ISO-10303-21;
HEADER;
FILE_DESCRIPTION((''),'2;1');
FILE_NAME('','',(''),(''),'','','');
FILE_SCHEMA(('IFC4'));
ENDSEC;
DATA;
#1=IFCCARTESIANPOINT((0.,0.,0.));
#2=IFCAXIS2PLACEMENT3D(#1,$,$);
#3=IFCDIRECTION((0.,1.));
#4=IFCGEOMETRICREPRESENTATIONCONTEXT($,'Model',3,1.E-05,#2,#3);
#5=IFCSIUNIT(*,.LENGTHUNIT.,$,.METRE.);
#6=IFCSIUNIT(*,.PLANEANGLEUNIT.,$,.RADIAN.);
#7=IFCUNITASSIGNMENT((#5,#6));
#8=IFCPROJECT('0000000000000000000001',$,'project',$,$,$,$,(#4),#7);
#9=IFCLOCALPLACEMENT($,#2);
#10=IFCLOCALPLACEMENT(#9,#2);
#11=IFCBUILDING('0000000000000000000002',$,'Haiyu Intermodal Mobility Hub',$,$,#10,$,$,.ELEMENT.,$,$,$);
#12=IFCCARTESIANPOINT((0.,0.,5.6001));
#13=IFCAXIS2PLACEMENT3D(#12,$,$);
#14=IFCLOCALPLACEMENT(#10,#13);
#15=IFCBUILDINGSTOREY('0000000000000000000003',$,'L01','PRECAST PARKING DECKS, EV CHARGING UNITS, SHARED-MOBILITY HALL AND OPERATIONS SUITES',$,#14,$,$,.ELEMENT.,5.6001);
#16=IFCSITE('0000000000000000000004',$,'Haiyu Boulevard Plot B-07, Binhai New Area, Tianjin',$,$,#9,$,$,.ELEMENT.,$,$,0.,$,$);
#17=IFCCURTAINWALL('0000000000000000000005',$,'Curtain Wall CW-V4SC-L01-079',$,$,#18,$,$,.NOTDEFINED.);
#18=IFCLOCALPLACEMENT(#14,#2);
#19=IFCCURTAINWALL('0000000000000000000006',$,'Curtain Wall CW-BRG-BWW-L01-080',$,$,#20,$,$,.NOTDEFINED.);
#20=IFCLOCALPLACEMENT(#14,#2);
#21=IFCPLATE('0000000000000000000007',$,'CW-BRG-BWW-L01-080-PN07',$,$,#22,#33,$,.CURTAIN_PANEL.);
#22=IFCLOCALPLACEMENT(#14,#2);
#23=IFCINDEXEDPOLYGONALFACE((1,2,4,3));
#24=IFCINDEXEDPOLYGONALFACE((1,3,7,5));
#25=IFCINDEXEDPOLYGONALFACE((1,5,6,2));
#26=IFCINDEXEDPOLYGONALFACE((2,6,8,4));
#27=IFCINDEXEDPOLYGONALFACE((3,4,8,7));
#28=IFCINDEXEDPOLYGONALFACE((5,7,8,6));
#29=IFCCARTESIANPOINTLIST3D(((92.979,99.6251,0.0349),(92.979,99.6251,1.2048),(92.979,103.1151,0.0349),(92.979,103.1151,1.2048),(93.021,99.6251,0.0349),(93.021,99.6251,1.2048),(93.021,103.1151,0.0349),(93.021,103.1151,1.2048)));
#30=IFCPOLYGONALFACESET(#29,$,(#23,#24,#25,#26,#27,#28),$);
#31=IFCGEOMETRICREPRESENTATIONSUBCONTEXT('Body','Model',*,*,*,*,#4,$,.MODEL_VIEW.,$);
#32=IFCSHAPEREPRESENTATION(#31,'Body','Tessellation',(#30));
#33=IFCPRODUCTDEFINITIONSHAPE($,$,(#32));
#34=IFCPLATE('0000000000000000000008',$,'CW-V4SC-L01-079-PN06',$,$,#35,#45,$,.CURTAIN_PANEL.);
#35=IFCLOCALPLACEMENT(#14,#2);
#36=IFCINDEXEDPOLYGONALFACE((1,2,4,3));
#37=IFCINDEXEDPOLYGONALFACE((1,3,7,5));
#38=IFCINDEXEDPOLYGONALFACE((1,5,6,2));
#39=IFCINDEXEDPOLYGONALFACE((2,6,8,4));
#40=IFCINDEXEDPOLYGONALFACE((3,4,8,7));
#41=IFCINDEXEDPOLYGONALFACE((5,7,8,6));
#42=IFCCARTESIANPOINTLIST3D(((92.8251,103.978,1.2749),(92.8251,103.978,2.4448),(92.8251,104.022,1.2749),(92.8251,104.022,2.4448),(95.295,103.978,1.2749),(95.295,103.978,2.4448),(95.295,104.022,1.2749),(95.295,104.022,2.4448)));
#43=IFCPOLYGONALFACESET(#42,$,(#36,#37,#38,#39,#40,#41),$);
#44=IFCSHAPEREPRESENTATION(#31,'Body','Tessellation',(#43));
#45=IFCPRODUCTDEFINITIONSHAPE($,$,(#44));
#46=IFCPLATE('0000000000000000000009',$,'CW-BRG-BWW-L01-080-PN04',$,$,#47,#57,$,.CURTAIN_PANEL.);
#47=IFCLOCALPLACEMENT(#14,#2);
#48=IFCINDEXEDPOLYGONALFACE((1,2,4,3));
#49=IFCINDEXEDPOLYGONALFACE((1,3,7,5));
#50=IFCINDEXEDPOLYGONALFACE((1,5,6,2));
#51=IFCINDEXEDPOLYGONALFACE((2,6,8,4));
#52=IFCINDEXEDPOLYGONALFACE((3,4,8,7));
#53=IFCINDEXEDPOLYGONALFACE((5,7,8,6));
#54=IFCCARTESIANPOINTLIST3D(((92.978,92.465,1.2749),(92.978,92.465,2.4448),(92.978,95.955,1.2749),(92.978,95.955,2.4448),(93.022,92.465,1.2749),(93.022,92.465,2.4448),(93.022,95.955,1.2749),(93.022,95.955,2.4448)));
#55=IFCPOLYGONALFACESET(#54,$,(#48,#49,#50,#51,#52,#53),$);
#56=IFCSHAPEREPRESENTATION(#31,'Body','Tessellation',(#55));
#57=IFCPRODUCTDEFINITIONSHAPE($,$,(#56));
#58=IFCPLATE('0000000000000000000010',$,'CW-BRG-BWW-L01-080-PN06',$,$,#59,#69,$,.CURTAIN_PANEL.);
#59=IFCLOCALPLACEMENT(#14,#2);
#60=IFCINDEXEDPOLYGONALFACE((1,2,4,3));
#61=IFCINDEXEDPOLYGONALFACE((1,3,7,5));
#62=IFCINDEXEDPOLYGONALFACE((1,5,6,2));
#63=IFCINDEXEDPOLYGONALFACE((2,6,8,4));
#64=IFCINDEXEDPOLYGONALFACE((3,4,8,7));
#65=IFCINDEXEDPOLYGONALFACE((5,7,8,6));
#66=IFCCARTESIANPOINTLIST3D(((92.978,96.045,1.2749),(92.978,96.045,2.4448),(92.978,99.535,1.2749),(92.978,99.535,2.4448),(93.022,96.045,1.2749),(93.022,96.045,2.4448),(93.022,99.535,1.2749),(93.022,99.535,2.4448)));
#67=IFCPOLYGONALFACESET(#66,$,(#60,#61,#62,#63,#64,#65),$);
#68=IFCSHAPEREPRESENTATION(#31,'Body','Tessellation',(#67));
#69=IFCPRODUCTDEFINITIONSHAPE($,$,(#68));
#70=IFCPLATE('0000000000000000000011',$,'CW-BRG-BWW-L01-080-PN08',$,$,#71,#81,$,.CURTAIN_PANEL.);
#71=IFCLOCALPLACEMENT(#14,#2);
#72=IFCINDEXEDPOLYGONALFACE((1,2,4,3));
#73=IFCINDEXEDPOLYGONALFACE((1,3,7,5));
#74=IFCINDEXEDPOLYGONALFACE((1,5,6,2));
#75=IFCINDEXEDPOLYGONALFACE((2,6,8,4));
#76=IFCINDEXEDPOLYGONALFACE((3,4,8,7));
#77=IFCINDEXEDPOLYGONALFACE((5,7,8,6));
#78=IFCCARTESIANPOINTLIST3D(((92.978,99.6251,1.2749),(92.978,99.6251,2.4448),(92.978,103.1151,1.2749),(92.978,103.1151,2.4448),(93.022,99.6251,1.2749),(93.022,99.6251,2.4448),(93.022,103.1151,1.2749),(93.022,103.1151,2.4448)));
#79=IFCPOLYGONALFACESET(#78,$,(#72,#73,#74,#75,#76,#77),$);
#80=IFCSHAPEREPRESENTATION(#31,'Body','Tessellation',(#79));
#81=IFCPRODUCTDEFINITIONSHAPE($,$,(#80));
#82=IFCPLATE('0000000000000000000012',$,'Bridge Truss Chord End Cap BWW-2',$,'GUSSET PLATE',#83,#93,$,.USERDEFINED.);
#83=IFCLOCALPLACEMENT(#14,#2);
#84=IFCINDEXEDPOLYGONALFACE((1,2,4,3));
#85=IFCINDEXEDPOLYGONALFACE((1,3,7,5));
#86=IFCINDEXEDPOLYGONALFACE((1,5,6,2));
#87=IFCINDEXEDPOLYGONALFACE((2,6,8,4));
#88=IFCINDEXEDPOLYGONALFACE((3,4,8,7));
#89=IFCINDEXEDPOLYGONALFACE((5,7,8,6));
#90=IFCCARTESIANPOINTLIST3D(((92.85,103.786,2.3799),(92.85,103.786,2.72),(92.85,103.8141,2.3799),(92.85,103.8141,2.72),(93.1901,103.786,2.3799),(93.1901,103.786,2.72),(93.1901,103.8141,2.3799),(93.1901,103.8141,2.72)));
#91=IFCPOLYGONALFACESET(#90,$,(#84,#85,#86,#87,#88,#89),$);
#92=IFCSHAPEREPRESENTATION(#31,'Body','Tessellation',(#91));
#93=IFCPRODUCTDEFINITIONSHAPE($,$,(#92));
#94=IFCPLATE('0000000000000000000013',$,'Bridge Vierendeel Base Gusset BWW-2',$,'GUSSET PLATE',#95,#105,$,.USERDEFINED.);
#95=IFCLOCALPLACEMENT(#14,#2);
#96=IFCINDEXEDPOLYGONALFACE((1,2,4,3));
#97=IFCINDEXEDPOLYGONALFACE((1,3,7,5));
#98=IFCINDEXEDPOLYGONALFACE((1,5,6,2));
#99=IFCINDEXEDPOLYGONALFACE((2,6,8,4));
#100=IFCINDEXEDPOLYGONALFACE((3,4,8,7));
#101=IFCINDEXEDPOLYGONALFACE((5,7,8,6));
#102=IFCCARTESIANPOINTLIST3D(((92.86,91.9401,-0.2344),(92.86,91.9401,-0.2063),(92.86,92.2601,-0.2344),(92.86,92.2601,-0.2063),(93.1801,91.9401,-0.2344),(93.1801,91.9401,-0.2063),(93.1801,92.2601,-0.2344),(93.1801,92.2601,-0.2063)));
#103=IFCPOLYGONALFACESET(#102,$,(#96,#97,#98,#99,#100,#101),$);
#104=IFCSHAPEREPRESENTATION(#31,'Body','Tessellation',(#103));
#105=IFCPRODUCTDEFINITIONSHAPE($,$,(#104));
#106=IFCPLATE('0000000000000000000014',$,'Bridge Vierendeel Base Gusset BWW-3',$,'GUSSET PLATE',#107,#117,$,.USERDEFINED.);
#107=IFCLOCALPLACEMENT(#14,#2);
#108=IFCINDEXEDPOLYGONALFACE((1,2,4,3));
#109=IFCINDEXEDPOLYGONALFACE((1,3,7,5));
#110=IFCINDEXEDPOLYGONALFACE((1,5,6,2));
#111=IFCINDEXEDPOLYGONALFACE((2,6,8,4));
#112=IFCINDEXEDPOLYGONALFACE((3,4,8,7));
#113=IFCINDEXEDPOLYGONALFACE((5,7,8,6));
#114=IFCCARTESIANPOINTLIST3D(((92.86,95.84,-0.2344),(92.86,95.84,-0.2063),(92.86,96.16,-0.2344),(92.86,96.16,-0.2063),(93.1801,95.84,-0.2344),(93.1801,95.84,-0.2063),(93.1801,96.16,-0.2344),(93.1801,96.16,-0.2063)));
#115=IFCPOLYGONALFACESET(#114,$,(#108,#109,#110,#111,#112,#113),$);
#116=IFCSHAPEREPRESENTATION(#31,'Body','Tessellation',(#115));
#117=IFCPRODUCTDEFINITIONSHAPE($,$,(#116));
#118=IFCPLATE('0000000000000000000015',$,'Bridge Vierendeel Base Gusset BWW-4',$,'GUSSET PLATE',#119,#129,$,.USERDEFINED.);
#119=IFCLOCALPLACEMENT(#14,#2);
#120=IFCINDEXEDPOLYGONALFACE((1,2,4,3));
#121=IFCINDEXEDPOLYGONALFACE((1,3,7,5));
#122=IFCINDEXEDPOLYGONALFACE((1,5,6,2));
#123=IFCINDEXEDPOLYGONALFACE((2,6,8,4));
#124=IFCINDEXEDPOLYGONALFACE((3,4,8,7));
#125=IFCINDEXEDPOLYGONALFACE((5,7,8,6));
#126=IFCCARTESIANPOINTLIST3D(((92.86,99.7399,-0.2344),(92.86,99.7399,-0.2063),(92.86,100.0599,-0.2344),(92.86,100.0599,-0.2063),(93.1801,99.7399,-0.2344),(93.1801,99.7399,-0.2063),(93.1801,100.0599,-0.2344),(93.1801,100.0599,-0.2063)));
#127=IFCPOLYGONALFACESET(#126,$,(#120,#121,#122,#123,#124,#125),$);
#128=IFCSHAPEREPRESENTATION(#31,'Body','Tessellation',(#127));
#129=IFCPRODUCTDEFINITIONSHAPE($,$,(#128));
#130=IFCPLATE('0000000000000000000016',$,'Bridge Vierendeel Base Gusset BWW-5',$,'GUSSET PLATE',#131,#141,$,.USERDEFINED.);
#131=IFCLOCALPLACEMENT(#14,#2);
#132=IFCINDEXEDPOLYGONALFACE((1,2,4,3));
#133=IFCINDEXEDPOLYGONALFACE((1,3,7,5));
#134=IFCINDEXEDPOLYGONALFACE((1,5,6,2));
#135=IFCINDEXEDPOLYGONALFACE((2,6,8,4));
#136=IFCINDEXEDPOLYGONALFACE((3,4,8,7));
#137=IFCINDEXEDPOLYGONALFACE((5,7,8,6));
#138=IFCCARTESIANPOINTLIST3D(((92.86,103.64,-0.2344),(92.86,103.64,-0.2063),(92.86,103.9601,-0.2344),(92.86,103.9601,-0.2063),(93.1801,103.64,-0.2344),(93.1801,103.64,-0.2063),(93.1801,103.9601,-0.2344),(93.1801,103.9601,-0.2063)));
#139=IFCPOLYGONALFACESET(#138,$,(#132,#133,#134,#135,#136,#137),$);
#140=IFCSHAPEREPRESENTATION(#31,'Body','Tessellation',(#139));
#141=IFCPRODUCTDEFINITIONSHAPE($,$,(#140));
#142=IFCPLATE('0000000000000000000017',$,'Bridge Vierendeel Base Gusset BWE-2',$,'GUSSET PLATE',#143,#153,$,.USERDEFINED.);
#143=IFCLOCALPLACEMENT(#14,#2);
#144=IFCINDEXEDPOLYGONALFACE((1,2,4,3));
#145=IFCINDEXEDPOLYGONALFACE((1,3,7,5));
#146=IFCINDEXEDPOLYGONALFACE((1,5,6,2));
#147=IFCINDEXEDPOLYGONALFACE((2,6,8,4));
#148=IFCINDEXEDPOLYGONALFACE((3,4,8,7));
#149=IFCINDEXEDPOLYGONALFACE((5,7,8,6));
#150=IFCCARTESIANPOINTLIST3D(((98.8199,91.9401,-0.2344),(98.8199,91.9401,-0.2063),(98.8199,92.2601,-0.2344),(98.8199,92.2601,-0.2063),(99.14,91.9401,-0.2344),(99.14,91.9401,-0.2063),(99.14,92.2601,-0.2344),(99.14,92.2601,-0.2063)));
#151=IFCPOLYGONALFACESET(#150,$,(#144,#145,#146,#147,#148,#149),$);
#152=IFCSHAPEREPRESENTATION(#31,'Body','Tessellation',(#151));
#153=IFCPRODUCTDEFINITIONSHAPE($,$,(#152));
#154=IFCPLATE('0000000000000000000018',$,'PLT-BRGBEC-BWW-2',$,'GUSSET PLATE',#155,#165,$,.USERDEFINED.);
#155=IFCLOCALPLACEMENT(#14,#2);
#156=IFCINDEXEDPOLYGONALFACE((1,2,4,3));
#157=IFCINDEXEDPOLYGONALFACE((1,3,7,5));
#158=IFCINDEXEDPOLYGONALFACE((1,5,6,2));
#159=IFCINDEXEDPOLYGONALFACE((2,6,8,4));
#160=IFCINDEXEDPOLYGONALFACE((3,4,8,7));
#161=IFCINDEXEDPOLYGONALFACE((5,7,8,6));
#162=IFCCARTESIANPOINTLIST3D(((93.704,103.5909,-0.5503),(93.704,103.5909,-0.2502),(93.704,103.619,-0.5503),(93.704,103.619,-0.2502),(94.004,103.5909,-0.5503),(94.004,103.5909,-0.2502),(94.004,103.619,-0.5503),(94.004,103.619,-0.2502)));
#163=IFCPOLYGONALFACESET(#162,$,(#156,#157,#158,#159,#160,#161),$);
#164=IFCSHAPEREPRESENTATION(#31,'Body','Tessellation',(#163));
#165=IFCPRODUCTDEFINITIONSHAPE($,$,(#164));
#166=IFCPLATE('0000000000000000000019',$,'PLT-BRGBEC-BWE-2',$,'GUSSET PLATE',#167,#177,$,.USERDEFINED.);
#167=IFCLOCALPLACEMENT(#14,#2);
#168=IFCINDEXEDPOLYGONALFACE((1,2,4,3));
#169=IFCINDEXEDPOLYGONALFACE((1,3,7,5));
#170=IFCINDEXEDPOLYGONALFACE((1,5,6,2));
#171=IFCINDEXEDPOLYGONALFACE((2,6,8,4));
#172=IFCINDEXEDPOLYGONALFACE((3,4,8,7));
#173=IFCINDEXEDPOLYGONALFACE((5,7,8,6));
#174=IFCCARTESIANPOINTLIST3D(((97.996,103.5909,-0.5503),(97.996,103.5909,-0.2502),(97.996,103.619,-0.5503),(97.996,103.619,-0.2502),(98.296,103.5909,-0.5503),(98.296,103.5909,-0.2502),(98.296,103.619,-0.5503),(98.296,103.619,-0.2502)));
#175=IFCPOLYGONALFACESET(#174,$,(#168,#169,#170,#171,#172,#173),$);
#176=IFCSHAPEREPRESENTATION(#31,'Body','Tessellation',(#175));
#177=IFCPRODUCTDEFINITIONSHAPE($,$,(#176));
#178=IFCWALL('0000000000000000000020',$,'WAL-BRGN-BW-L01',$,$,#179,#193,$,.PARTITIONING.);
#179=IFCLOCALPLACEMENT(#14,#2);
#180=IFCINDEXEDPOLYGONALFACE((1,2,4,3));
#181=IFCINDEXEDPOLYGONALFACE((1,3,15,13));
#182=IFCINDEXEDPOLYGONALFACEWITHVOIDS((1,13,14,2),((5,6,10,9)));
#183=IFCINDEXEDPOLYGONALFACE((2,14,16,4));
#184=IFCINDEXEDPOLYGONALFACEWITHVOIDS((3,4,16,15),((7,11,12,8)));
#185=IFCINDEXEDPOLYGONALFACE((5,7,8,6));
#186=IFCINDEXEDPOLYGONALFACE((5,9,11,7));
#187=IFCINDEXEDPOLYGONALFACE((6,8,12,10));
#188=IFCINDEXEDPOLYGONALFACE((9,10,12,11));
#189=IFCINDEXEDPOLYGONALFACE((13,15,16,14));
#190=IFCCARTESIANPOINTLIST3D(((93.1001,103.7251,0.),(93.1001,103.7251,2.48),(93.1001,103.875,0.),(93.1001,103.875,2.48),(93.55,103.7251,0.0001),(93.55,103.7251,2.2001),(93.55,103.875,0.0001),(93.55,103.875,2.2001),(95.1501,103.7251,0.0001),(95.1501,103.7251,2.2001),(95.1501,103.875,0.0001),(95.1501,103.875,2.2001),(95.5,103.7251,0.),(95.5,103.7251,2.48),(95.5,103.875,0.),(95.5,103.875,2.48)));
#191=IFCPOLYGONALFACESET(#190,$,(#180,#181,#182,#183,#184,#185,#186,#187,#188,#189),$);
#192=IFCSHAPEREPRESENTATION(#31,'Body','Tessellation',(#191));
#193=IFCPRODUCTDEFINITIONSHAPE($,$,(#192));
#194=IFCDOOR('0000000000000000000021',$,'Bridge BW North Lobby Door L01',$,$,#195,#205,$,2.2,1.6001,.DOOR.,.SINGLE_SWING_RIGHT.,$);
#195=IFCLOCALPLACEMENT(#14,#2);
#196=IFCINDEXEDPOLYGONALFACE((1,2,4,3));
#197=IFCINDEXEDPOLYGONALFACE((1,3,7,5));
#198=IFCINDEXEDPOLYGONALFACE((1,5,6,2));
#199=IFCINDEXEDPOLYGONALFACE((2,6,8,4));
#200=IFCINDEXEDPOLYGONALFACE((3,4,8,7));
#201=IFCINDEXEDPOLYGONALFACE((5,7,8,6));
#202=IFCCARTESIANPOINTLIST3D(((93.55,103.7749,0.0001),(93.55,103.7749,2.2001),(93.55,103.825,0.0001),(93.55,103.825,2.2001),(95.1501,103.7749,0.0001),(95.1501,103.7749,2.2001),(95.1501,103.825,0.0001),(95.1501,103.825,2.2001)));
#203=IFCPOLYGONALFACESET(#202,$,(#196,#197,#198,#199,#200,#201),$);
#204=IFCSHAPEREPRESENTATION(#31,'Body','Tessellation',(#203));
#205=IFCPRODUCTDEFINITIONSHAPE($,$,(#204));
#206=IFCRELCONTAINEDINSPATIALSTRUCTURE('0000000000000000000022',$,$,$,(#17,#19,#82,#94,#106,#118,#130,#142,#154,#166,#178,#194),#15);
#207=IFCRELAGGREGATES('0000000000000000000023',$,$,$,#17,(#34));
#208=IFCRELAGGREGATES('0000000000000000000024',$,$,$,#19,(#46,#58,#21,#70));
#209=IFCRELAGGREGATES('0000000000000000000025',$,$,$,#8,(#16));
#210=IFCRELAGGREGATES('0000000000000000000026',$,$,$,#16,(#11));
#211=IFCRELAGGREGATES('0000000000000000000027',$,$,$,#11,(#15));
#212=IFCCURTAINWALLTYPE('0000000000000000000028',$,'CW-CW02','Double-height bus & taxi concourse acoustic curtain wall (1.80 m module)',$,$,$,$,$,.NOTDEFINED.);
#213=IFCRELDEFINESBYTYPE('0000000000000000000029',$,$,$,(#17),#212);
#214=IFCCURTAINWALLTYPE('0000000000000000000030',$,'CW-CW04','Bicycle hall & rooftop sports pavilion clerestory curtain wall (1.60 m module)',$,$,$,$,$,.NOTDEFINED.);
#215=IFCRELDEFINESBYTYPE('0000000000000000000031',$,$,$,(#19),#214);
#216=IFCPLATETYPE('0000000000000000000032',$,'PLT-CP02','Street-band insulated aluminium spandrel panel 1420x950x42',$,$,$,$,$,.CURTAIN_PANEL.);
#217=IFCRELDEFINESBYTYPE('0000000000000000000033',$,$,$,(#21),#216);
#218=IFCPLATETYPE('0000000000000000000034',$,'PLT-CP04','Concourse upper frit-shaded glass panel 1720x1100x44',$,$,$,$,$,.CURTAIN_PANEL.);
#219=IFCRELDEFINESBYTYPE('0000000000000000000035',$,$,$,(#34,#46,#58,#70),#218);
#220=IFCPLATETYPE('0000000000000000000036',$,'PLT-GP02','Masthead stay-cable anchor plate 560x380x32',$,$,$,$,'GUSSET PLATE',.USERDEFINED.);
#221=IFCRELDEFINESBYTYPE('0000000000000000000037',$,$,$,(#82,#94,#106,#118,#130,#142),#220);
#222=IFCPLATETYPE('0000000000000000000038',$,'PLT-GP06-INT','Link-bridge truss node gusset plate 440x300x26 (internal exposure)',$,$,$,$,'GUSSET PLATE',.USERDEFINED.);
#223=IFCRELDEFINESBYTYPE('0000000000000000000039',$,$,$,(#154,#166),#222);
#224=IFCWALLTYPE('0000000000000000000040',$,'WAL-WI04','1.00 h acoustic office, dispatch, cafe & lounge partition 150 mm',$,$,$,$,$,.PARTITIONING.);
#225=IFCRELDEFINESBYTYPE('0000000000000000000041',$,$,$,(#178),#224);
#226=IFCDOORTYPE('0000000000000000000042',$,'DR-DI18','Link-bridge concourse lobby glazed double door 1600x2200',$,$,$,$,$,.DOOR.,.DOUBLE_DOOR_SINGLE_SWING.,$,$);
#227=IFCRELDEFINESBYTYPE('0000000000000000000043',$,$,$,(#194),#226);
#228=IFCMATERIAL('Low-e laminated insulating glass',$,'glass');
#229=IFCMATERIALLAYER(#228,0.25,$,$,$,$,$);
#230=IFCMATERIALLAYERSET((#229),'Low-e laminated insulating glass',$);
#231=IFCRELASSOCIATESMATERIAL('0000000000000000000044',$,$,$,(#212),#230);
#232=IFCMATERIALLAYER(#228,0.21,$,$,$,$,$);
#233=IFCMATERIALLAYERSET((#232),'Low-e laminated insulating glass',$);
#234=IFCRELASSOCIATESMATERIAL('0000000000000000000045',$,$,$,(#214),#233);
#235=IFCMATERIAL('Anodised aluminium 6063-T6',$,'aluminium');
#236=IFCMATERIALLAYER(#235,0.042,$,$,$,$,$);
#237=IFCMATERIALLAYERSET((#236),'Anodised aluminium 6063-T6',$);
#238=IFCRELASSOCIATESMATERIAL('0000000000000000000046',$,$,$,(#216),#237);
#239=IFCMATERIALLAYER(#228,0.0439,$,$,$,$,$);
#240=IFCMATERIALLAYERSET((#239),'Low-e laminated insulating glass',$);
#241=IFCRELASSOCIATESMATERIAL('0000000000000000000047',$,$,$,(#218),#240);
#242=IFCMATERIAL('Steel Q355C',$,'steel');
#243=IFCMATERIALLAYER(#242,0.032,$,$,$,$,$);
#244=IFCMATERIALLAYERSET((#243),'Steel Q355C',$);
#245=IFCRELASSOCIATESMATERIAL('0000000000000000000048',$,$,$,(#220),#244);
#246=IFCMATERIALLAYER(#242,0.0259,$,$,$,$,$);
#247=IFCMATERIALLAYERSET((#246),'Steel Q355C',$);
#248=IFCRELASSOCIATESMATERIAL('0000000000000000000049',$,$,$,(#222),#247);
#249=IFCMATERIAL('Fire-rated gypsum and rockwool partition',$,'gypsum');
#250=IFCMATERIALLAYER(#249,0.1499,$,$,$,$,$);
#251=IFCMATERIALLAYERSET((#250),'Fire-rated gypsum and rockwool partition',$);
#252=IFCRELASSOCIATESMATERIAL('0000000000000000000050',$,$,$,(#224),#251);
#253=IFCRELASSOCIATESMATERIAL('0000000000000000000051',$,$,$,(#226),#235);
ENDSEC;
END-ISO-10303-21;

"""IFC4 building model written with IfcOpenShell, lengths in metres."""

from ifc_helpers import new_model, si_unit, direction, frame, frame_2d, origin, origin_2d, place, context, subcontext, project, spatial, rectangle, extrude, material, layer, layer_set, type_object, element, fill, aggregate, save


model = new_model("IFC4")

# Units and contexts
model_context = context("Model", 3, precision=1e-05, world=origin(), true_north=direction((0.0, 1.0)))
body_context = subcontext(model_context, "Body", "Model", "MODEL_VIEW")
ifc_project = project(units=[si_unit("LENGTHUNIT", "METRE"), si_unit("PLANEANGLEUNIT", "RADIAN")], contexts=[model_context])

# Site, building, storey
site_placement = place(None, origin())
site = spatial("IfcSite", under=ifc_project, at=site_placement, Name="Haiyu Boulevard Plot B-07, Binhai New Area, Tianjin", CompositionType="ELEMENT", RefElevation=0.0)
building_placement = place(site_placement, origin())
building = spatial("IfcBuilding", under=site, at=building_placement, Name="Haiyu Intermodal Mobility Hub", CompositionType="ELEMENT")
storey_placement = place(building_placement, frame((0.0, 0.0, 5.6001)))
storey = spatial("IfcBuildingStorey", under=building, at=storey_placement, Name="L01", Description="PRECAST PARKING DECKS, EV CHARGING UNITS, SHARED-MOBILITY HALL AND OPERATIONS SUITES", CompositionType="ELEMENT", Elevation=5.6001)

# Shared definitions
ifc_material_1 = material(Name="Steel Q355C", Category="steel")

# Curtain wall
ifc_material_2 = material(Name="Low-e laminated insulating glass", Category="glass")
ifc_layer_1 = layer(ifc_material_2, 0.25)
ifc_layer_set_1 = layer_set([ifc_layer_1], Name="Low-e laminated insulating glass")
curtain_wall_type_1 = type_object("IfcCurtainWallType", Name="CW-CW02", Description="Double-height bus & taxi concourse acoustic curtain wall (1.80 m module)", PredefinedType="NOTDEFINED", material=ifc_layer_set_1)
curtain_wall_1_placement = place(storey_placement, origin())
curtain_wall_1 = element("IfcCurtainWall", 1, at=curtain_wall_1_placement, inside=storey, type_object=curtain_wall_type_1, Name="Curtain Wall CW-V4SC-L01-079", PredefinedType="NOTDEFINED")
ifc_material_3 = material(Name="Anodised aluminium 6063-T6", Category="aluminium")

# Curtain wall
ifc_layer_2 = layer(ifc_material_2, 0.21)
ifc_layer_set_2 = layer_set([ifc_layer_2], Name="Low-e laminated insulating glass")
curtain_wall_type_2 = type_object("IfcCurtainWallType", Name="CW-CW04", Description="Bicycle hall & rooftop sports pavilion clerestory curtain wall (1.60 m module)", PredefinedType="NOTDEFINED", material=ifc_layer_set_2)
curtain_wall_2_placement = place(storey_placement, origin())
curtain_wall_2 = element("IfcCurtainWall", 2, at=curtain_wall_2_placement, inside=storey, type_object=curtain_wall_type_2, Name="Curtain Wall CW-BRG-BWW-L01-080", PredefinedType="NOTDEFINED")

# Plates
ifc_layer_3 = layer(ifc_material_3, 0.042)
ifc_layer_set_3 = layer_set([ifc_layer_3], Name="Anodised aluminium 6063-T6")
plate_type_1 = type_object("IfcPlateType", Name="PLT-CP02", Description="Street-band insulated aluminium spandrel panel 1420x950x42", PredefinedType="CURTAIN_PANEL", material=ifc_layer_set_3)
plate_1_placement = place(storey_placement, frame((93.0, 101.3701, 0.0349), z_axis=(0.0, 0.0, 1.0), x_axis=(0.0, 1.0, 0.0)))
plate_1 = element("IfcPlate", 3, at=plate_1_placement, type_object=plate_type_1, Name="CW-BRG-BWW-L01-080-PN07", PredefinedType="CURTAIN_PANEL", context=body_context, shape_type="SweptSolid", body=[
    extrude(rectangle(XDim=3.49, YDim=0.042, at=origin_2d()), origin(), (0.0, 0.0, 1.0), 1.1699),
])
ifc_layer_4 = layer(ifc_material_2, 0.0439)
ifc_layer_set_4 = layer_set([ifc_layer_4], Name="Low-e laminated insulating glass")
plate_type_2 = type_object("IfcPlateType", Name="PLT-CP04", Description="Concourse upper frit-shaded glass panel 1720x1100x44", PredefinedType="CURTAIN_PANEL", material=ifc_layer_set_4)
plate_2_placement = place(storey_placement, frame((94.0601, 104.0, 1.2749), z_axis=(0.0, 0.0, 1.0), x_axis=(1.0, 0.0, 0.0)))
plate_2 = element("IfcPlate", 4, at=plate_2_placement, type_object=plate_type_2, Name="CW-V4SC-L01-079-PN06", PredefinedType="CURTAIN_PANEL", context=body_context, shape_type="SweptSolid", body=[
    extrude(rectangle(XDim=2.47, YDim=0.0439, at=origin_2d()), origin(), (0.0, 0.0, 1.0), 1.1699),
])
aggregate(curtain_wall_1, [plate_2])
plate_3_placement = place(storey_placement, frame((93.0, 94.21, 1.2749), z_axis=(0.0, 0.0, 1.0), x_axis=(0.0, 1.0, 0.0)))
plate_3 = element("IfcPlate", 5, at=plate_3_placement, type_object=plate_type_2, Name="CW-BRG-BWW-L01-080-PN04", PredefinedType="CURTAIN_PANEL", context=body_context, shape_type="SweptSolid", body=[
    extrude(rectangle(XDim=3.49, YDim=0.0439, at=origin_2d()), origin(), (0.0, 0.0, 1.0), 1.1699),
])
plate_4_placement = place(storey_placement, frame((93.0, 97.79, 1.2749), z_axis=(0.0, 0.0, 1.0), x_axis=(0.0, 1.0, 0.0)))
plate_4 = element("IfcPlate", 6, at=plate_4_placement, type_object=plate_type_2, Name="CW-BRG-BWW-L01-080-PN06", PredefinedType="CURTAIN_PANEL", context=body_context, shape_type="SweptSolid", body=[
    extrude(rectangle(XDim=3.49, YDim=0.0439, at=origin_2d()), origin(), (0.0, 0.0, 1.0), 1.1699),
])
plate_5_placement = place(storey_placement, frame((93.0, 101.3701, 1.2749), z_axis=(0.0, 0.0, 1.0), x_axis=(0.0, 1.0, 0.0)))
plate_5 = element("IfcPlate", 7, at=plate_5_placement, type_object=plate_type_2, Name="CW-BRG-BWW-L01-080-PN08", PredefinedType="CURTAIN_PANEL", context=body_context, shape_type="SweptSolid", body=[
    extrude(rectangle(XDim=3.49, YDim=0.0439, at=origin_2d()), origin(), (0.0, 0.0, 1.0), 1.1699),
])
aggregate(curtain_wall_2, [plate_3, plate_4, plate_1, plate_5])

# Plates
ifc_layer_5 = layer(ifc_material_1, 0.032)
ifc_layer_set_5 = layer_set([ifc_layer_5], Name="Steel Q355C")
plate_type_3 = type_object("IfcPlateType", Name="PLT-GP02", Description="Masthead stay-cable anchor plate 560x380x32", ElementType="GUSSET PLATE", PredefinedType="USERDEFINED", material=ifc_layer_set_5)
plate_6_placement = place(storey_placement, frame((93.02, 103.8, 2.3799), z_axis=(0.0, 0.0, 1.0), x_axis=(1.0, 0.0, 0.0)))
element("IfcPlate", 8, at=plate_6_placement, inside=storey, type_object=plate_type_3, Name="Bridge Truss Chord End Cap BWW-2", ObjectType="GUSSET PLATE", PredefinedType="USERDEFINED", context=body_context, shape_type="SweptSolid", body=[
    extrude(rectangle(XDim=0.3401, YDim=0.0281, at=origin_2d()), origin(), (0.0, 0.0, 1.0), 0.3401),
])
for number, where, z_axis, x_axis, name in (
    (9, (93.02, 92.1001, -0.2344), (0.0, 0.0, 1.0), (1.0, 0.0, 0.0), "Bridge Vierendeel Base Gusset BWW-2"),
    (10, (93.02, 96.0, -0.2344), (0.0, 0.0, 1.0), (1.0, 0.0, 0.0), "Bridge Vierendeel Base Gusset BWW-3"),
    (11, (93.02, 99.8999, -0.2344), (0.0, 0.0, 1.0), (1.0, 0.0, 0.0), "Bridge Vierendeel Base Gusset BWW-4"),
    (12, (93.02, 103.8, -0.2344), (0.0, 0.0, 1.0), (1.0, 0.0, 0.0), "Bridge Vierendeel Base Gusset BWW-5"),
    (13, (98.98, 92.1001, -0.2344), (0.0, 0.0, 1.0), (1.0, 0.0, 0.0), "Bridge Vierendeel Base Gusset BWE-2"),
):
    element("IfcPlate", number, at=place(storey_placement, frame(where, z_axis=z_axis, x_axis=x_axis)), inside=storey, type_object=plate_type_3, Name=name, ObjectType="GUSSET PLATE", PredefinedType="USERDEFINED", context=body_context, shape_type="SweptSolid", body=[
        extrude(rectangle(XDim=0.3201, YDim=0.3201, at=origin_2d()), origin(), (0.0, 0.0, 1.0), 0.0281),
    ])
ifc_layer_6 = layer(ifc_material_1, 0.0259)
ifc_layer_set_6 = layer_set([ifc_layer_6], Name="Steel Q355C")
plate_type_4 = type_object("IfcPlateType", Name="PLT-GP06-INT", Description="Link-bridge truss node gusset plate 440x300x26 (internal exposure)", ElementType="GUSSET PLATE", PredefinedType="USERDEFINED", material=ifc_layer_set_6)
for number, where, z_axis, x_axis, name in (
    (14, (93.854, 103.605, -0.5503), (0.0, 0.0, 1.0), (1.0, 0.0, 0.0), "PLT-BRGBEC-BWW-2"),
    (15, (98.146, 103.605, -0.5503), (0.0, 0.0, 1.0), (1.0, 0.0, 0.0), "PLT-BRGBEC-BWE-2"),
):
    element("IfcPlate", number, at=place(storey_placement, frame(where, z_axis=z_axis, x_axis=x_axis)), inside=storey, type_object=plate_type_4, Name=name, ObjectType="GUSSET PLATE", PredefinedType="USERDEFINED", context=body_context, shape_type="SweptSolid", body=[
        extrude(rectangle(XDim=0.3, YDim=0.0281, at=origin_2d()), origin(), (0.0, 0.0, 1.0), 0.3),
    ])

# Wall, opening, door
ifc_material_4 = material(Name="Fire-rated gypsum and rockwool partition", Category="gypsum")
ifc_layer_7 = layer(ifc_material_4, 0.1499)
ifc_layer_set_7 = layer_set([ifc_layer_7], Name="Fire-rated gypsum and rockwool partition")
wall_type = type_object("IfcWallType", Name="WAL-WI04", Description="1.00 h acoustic office, dispatch, cafe & lounge partition 150 mm", PredefinedType="PARTITIONING", material=ifc_layer_set_7)
wall_placement = place(storey_placement, frame((93.1001, 103.8, 0.0), z_axis=(0.0, 0.0, 1.0), x_axis=(1.0, 0.0, 0.0)))
wall = element("IfcWall", 16, at=wall_placement, inside=storey, type_object=wall_type, Name="WAL-BRGN-BW-L01", PredefinedType="PARTITIONING", context=body_context, shape_type="SweptSolid", body=[
    extrude(rectangle(XDim=2.3999, YDim=0.1499, at=frame_2d((1.2, 0.0))), origin(), (0.0, 0.0, 1.0), 2.48),
])
opening_placement = place(wall_placement, frame((0.45, 0.0, 0.0)))
opening = element("IfcOpeningElement", 17, at=opening_placement, cuts=wall, PredefinedType="OPENING", context=body_context, shape_type="SweptSolid", body=[
    extrude(rectangle(XDim=1.6001, YDim=2.2, at=frame_2d((0.8, 1.1001))), frame((0.0, 0.085, 0.0), z_axis=(0.0, -1.0, 0.0), x_axis=(1.0, 0.0, 0.0)), (0.0, 0.0, 1.0), 0.1699),
])
door_type = type_object("IfcDoorType", Name="DR-DI18", Description="Link-bridge concourse lobby glazed double door 1600x2200", OperationType="DOUBLE_DOOR_SINGLE_SWING", PredefinedType="DOOR", material=ifc_material_3)
door_placement = place(opening_placement, origin())
door = element("IfcDoor", 18, at=door_placement, inside=storey, type_object=door_type, Name="Bridge BW North Lobby Door L01", OperationType="SINGLE_SWING_RIGHT", OverallHeight=2.2, OverallWidth=1.6001, PredefinedType="DOOR", context=body_context, shape_type="SweptSolid", body=[
    extrude(rectangle(XDim=1.6001, YDim=2.2, at=frame_2d((0.8, 1.1001))), frame((0.0, 0.0249, 0.0), z_axis=(0.0, -1.0, 0.0), x_axis=(1.0, 0.0, 0.0)), (0.0, 0.0, 1.0), 0.05),
])
fill(opening, door)

save(model, "model.ifc")
